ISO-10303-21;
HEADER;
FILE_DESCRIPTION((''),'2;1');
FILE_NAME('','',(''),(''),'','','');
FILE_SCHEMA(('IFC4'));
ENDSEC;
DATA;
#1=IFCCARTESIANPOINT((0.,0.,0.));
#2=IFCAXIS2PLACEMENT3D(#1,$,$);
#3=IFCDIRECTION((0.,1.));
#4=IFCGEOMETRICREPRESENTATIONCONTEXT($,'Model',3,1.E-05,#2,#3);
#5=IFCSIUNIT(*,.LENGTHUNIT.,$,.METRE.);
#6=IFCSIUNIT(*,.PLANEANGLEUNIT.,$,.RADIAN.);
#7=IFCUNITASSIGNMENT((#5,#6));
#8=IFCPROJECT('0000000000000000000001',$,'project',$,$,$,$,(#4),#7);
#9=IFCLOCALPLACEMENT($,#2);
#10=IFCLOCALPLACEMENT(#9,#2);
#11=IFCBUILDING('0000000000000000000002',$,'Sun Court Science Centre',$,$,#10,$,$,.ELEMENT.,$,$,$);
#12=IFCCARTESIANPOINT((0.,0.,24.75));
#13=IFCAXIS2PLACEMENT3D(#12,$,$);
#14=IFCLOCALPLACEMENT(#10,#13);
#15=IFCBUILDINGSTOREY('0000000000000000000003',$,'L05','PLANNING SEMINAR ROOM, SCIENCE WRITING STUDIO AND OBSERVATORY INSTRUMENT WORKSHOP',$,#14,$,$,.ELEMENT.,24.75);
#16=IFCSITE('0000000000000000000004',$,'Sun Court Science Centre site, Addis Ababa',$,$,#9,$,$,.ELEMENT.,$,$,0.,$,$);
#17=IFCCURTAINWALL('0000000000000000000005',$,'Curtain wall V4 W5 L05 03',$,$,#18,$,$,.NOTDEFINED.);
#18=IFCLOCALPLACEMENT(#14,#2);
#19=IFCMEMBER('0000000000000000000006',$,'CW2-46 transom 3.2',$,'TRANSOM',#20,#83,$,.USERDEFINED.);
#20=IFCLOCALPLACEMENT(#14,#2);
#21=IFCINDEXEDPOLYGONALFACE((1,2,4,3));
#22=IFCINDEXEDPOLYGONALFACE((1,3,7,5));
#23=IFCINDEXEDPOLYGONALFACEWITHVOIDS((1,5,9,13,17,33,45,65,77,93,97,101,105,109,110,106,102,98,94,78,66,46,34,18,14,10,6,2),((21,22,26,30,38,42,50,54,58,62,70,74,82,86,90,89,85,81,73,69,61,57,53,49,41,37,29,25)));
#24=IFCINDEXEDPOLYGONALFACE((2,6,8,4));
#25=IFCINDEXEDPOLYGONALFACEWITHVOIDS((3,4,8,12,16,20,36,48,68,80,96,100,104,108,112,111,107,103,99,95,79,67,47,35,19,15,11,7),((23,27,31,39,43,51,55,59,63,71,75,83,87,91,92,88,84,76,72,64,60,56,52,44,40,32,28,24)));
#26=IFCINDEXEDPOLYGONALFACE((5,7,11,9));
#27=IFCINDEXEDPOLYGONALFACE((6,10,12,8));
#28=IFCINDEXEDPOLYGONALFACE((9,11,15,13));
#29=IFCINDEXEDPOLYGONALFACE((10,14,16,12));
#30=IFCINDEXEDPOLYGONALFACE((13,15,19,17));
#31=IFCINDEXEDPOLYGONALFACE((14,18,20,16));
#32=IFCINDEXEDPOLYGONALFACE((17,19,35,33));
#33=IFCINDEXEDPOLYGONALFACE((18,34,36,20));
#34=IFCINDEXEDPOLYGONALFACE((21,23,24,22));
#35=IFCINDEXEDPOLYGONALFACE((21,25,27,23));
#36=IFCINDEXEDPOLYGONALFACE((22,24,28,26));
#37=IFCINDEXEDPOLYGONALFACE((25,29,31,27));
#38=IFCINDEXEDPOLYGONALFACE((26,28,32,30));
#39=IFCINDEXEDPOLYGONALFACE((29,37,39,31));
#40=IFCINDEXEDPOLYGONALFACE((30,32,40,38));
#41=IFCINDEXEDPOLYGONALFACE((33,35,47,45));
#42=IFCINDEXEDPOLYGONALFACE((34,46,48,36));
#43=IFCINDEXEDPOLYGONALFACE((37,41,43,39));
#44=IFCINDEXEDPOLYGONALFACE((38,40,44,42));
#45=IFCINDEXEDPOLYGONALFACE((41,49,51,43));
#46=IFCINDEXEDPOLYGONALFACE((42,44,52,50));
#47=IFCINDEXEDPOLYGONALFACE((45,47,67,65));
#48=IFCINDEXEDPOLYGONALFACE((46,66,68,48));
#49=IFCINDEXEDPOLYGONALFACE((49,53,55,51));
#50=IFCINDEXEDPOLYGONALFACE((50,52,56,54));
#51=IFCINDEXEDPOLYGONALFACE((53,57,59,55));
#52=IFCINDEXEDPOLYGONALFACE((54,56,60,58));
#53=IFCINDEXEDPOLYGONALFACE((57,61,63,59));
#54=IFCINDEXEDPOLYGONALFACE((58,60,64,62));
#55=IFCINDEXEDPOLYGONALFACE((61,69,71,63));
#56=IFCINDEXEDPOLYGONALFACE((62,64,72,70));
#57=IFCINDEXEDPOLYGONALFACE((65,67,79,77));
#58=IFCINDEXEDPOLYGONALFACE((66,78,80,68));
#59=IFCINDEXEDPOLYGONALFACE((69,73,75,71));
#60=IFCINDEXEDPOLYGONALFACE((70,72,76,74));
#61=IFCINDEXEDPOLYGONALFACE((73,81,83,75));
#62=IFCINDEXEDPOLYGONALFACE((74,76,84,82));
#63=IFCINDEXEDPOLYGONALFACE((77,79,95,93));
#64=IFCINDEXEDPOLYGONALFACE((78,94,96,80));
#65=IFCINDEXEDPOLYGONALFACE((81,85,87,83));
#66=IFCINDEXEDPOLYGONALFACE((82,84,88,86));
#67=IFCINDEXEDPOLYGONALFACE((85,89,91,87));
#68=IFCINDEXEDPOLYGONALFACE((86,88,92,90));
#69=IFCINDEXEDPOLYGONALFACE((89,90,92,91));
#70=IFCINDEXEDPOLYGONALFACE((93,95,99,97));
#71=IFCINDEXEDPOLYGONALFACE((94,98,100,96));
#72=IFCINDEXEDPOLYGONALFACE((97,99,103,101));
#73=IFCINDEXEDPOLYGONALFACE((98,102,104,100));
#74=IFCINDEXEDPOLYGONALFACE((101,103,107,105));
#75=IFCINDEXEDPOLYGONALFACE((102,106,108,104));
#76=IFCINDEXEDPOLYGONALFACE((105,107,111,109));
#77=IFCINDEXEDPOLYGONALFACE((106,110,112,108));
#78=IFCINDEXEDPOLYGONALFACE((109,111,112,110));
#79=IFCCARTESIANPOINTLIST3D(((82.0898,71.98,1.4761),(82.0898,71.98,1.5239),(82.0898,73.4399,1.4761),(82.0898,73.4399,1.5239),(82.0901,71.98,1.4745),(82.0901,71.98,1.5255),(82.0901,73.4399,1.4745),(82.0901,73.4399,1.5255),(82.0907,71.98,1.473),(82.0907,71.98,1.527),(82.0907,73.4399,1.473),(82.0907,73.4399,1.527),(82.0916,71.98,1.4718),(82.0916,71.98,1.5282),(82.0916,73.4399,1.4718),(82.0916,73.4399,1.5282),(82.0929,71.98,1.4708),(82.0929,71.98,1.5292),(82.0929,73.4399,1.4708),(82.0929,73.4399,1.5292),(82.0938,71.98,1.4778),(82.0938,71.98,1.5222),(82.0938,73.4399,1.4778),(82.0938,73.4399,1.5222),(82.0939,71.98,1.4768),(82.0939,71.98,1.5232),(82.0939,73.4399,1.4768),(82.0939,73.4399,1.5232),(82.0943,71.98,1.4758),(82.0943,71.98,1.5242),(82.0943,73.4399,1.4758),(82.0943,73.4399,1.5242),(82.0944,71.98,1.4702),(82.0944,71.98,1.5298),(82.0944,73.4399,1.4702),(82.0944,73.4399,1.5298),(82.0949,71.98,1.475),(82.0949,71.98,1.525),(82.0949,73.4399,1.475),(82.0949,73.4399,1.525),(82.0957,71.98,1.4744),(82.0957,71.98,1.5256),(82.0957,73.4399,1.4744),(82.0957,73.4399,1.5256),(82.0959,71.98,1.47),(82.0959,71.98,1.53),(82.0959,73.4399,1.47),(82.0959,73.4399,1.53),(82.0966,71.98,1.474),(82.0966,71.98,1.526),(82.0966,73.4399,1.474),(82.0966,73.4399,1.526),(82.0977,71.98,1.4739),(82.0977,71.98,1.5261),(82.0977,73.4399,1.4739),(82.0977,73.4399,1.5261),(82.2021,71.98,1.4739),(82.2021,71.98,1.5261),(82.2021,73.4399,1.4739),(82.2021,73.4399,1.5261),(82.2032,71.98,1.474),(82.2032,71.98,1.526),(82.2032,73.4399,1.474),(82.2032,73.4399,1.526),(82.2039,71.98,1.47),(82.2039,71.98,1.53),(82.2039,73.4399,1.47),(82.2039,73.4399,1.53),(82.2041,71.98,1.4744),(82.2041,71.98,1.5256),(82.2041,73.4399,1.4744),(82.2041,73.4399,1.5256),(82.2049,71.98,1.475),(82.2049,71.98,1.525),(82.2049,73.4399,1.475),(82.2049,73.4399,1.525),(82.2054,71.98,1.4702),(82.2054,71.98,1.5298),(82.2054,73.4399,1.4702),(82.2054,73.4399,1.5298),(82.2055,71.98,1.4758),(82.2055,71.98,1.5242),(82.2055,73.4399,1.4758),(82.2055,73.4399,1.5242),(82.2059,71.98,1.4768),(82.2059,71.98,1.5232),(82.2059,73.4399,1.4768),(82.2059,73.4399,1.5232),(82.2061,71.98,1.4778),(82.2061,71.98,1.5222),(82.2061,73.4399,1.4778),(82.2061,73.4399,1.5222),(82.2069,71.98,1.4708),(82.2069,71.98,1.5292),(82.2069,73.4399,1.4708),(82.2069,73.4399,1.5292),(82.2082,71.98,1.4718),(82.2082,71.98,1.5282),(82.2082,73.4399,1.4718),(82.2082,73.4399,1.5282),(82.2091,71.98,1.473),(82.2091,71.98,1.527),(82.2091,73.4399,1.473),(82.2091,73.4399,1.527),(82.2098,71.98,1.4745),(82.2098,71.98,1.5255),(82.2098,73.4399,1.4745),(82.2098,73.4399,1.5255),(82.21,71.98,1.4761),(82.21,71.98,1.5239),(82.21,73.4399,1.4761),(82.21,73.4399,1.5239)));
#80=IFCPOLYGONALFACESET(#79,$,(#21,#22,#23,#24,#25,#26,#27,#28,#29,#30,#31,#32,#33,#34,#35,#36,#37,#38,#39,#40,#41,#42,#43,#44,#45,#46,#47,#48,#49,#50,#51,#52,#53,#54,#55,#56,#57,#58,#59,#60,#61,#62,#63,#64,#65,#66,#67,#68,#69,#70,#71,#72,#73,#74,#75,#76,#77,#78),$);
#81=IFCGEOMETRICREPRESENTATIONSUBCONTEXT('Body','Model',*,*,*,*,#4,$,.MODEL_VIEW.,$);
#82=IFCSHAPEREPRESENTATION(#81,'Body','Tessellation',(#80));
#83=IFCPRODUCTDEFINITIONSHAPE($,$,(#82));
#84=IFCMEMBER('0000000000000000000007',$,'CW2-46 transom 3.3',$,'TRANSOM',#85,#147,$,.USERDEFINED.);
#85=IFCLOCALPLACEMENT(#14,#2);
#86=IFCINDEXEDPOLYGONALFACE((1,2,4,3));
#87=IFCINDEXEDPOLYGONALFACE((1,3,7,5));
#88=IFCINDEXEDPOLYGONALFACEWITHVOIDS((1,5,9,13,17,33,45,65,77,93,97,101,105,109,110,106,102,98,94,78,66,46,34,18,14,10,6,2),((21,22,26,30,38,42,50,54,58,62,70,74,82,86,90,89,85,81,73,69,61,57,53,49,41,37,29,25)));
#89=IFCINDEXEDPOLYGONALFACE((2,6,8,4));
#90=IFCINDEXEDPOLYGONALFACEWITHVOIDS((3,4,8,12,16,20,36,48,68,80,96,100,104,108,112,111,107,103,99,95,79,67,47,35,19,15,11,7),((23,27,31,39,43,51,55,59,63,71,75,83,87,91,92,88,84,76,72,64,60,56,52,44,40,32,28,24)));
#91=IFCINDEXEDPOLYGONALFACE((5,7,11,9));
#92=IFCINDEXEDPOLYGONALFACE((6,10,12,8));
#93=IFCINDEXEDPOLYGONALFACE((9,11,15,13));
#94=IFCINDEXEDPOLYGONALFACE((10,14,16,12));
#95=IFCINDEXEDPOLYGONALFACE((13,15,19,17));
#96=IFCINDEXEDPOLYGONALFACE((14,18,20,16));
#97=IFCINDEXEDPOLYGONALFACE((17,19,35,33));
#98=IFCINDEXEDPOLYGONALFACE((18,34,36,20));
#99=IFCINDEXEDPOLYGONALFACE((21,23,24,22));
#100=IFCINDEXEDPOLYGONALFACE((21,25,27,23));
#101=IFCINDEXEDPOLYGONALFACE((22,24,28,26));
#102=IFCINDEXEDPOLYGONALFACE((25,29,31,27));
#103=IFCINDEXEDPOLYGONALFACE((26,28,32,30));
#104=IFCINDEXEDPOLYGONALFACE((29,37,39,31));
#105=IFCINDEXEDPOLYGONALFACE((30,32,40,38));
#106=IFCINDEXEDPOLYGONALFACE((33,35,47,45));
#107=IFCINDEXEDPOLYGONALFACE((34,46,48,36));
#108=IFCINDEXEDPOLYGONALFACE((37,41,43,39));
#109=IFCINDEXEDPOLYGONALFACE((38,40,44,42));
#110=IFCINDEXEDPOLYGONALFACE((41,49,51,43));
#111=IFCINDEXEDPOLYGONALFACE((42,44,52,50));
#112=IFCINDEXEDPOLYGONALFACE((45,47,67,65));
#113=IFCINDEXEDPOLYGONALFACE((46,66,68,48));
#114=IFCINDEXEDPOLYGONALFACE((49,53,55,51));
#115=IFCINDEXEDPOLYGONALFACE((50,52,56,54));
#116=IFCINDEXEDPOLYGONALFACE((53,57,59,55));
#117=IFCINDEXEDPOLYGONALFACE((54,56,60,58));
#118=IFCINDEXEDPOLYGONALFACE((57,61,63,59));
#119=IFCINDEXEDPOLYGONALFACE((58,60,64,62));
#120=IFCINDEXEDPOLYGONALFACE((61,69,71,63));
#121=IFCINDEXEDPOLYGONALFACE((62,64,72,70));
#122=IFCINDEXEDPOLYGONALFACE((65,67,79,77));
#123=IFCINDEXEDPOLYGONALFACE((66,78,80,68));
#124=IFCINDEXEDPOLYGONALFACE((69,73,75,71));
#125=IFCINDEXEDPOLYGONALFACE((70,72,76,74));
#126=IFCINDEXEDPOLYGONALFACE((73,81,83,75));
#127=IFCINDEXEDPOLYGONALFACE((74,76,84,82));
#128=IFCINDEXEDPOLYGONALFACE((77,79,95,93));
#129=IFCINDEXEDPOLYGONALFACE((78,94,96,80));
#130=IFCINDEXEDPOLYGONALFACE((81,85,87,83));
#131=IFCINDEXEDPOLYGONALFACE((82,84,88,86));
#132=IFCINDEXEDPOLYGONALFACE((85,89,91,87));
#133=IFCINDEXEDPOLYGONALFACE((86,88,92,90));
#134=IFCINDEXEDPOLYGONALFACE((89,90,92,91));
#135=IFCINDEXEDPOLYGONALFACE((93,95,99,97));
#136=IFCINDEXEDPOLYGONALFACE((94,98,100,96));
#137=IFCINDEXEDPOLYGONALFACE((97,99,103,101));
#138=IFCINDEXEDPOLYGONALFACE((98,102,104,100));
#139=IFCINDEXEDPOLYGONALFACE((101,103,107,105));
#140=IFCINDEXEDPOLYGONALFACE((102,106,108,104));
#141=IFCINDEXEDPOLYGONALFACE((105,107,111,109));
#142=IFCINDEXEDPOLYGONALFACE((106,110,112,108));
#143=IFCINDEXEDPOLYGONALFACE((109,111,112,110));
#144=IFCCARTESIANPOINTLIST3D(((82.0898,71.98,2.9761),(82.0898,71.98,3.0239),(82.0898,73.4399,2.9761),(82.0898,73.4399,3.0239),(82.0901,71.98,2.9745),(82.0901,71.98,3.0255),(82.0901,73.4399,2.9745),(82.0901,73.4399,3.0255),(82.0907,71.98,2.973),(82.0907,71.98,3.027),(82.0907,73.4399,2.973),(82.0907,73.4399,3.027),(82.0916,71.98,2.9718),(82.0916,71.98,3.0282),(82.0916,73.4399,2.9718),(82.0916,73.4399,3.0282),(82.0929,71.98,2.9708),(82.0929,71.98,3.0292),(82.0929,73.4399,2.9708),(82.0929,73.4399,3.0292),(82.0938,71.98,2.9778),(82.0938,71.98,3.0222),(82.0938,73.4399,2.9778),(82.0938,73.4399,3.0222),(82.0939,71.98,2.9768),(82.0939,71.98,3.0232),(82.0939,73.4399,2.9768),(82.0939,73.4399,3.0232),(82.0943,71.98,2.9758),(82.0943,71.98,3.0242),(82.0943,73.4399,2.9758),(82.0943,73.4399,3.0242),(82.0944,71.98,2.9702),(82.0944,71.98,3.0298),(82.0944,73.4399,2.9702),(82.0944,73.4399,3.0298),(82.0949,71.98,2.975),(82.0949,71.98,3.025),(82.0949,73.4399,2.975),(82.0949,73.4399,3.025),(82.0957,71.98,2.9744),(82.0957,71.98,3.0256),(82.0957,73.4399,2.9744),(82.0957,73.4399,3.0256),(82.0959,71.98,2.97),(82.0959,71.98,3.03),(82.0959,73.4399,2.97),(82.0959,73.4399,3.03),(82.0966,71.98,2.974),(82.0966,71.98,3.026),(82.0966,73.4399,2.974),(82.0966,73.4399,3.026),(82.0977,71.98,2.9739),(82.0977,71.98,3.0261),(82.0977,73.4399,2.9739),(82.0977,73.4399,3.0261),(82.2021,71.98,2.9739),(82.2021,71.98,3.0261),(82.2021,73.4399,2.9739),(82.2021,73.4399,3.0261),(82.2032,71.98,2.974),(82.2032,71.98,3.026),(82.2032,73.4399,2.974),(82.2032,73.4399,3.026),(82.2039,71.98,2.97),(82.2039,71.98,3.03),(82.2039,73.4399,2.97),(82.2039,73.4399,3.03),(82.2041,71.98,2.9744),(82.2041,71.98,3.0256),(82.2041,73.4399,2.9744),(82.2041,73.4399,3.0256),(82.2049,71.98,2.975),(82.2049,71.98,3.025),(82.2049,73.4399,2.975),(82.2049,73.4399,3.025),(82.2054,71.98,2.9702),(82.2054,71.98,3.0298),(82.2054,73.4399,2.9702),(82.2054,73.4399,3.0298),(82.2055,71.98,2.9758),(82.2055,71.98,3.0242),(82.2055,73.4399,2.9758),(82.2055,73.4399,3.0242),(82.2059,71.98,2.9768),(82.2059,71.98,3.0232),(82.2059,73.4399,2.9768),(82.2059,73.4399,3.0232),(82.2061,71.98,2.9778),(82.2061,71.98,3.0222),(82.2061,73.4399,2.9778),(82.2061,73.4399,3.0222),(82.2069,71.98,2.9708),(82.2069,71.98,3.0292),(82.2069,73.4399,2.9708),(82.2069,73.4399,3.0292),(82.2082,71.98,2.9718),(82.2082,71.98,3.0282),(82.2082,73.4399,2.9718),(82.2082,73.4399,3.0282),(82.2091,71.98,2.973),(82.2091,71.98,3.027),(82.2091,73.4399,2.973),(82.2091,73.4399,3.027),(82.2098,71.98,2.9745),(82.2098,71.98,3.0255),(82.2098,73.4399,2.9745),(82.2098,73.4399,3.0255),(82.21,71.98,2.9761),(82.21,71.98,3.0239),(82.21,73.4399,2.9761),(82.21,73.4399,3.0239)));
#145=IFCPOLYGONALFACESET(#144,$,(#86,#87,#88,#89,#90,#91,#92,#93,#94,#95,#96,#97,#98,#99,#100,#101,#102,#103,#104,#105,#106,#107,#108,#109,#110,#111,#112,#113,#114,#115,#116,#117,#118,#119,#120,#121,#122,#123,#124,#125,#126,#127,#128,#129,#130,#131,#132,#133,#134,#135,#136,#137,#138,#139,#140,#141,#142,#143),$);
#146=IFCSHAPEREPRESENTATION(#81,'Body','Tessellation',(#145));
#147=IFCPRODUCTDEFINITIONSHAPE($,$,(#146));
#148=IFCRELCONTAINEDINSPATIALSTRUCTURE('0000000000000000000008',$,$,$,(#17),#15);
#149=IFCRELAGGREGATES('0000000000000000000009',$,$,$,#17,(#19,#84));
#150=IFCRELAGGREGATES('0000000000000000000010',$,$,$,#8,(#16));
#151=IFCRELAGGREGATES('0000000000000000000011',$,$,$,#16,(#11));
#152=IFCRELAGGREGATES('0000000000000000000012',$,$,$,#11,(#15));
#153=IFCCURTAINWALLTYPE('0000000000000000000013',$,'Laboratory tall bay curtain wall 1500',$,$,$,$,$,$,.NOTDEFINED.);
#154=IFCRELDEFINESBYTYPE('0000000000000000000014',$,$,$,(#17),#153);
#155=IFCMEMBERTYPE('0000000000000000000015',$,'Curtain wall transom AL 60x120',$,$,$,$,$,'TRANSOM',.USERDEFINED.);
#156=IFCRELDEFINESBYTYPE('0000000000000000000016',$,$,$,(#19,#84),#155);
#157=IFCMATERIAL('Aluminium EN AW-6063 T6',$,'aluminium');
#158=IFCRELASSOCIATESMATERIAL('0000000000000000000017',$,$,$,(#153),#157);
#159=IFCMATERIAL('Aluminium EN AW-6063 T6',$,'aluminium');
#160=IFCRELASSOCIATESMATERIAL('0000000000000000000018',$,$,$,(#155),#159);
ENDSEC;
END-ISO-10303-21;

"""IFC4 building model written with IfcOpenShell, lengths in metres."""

from ifc_helpers import new_model, si_unit, direction, frame, origin, origin_2d, place, context, subcontext, project, spatial, hollow_rectangle, extrude, material, material_profile, profile_set, type_object, element, aggregate, save


model = new_model("IFC4")

# Units and contexts
model_context = context("Model", 3, precision=1e-05, world=origin(), true_north=direction((0.0, 1.0)))
body_context = subcontext(model_context, "Body", "Model", "MODEL_VIEW")
ifc_project = project(units=[si_unit("LENGTHUNIT", "METRE"), si_unit("PLANEANGLEUNIT", "RADIAN")], contexts=[model_context])

# Site, building, storey
site_placement = place(None, origin())
site = spatial("IfcSite", under=ifc_project, at=site_placement, Name="Sun Court Science Centre site, Addis Ababa", CompositionType="ELEMENT", RefElevation=0.0)
building_placement = place(site_placement, origin())
building = spatial("IfcBuilding", under=site, at=building_placement, Name="Sun Court Science Centre", CompositionType="ELEMENT")
storey_placement = place(building_placement, frame((0.0, 0.0, 24.75)))
storey = spatial("IfcBuildingStorey", under=building, at=storey_placement, Name="L05", Description="PLANNING SEMINAR ROOM, SCIENCE WRITING STUDIO AND OBSERVATORY INSTRUMENT WORKSHOP", CompositionType="ELEMENT", Elevation=24.75)

# Curtain wall, members
ifc_material_1 = material(Name="Aluminium EN AW-6063 T6", Category="aluminium")
curtain_wall_type = type_object("IfcCurtainWallType", Name="Laboratory tall bay curtain wall 1500", PredefinedType="NOTDEFINED", material=ifc_material_1)
curtain_wall_placement = place(storey_placement, origin())
curtain_wall = element("IfcCurtainWall", 1, at=curtain_wall_placement, inside=storey, type_object=curtain_wall_type, Name="Curtain wall V4 W5 L05 03", PredefinedType="NOTDEFINED")
ifc_material_2 = material(Name="Aluminium EN AW-6063 T6", Category="aluminium")
ifc_material_profile_1 = material_profile(ifc_material_2, hollow_rectangle(XDim=0.0601, YDim=0.1201, WallThickness=0.0039, InnerFilletRadius=0.0039, OuterFilletRadius=0.0061, at=origin_2d()), Name="AL 60x120x4")
ifc_profile_set_1 = profile_set([ifc_material_profile_1], Name="Aluminium EN AW-6063 T6")
member_type_1 = type_object("IfcMemberType", Name="Curtain wall transom AL 60x120", ElementType="TRANSOM", PredefinedType="USERDEFINED", material=ifc_profile_set_1)
member_1_placement = place(storey_placement, frame((82.1499, 71.98, 1.5), z_axis=(0.0, 1.0, 0.0), x_axis=(0.0, 0.0, 1.0)))
member_1 = element("IfcMember", 2, at=member_1_placement, type_object=member_type_1, Name="CW2-46 transom 3.2", ObjectType="TRANSOM", PredefinedType="USERDEFINED", context=body_context, shape_type="SweptSolid", body=[
    extrude(hollow_rectangle(XDim=0.0601, YDim=0.1201, WallThickness=0.0039, InnerFilletRadius=0.0039, OuterFilletRadius=0.0061, at=origin_2d()), origin(), (0.0, 0.0, 1.0), 1.46),
])
member_2_placement = place(storey_placement, frame((82.1499, 71.98, 3.0), z_axis=(0.0, 1.0, 0.0), x_axis=(0.0, 0.0, 1.0)))
member_2 = element("IfcMember", 3, at=member_2_placement, type_object=member_type_1, Name="CW2-46 transom 3.3", ObjectType="TRANSOM", PredefinedType="USERDEFINED", context=body_context, shape_type="SweptSolid", body=[
    extrude(hollow_rectangle(XDim=0.0601, YDim=0.1201, WallThickness=0.0039, InnerFilletRadius=0.0039, OuterFilletRadius=0.0061, at=origin_2d()), origin(), (0.0, 0.0, 1.0), 1.46),
])

aggregate(curtain_wall, [member_1, member_2])

save(model, "model.ifc")
